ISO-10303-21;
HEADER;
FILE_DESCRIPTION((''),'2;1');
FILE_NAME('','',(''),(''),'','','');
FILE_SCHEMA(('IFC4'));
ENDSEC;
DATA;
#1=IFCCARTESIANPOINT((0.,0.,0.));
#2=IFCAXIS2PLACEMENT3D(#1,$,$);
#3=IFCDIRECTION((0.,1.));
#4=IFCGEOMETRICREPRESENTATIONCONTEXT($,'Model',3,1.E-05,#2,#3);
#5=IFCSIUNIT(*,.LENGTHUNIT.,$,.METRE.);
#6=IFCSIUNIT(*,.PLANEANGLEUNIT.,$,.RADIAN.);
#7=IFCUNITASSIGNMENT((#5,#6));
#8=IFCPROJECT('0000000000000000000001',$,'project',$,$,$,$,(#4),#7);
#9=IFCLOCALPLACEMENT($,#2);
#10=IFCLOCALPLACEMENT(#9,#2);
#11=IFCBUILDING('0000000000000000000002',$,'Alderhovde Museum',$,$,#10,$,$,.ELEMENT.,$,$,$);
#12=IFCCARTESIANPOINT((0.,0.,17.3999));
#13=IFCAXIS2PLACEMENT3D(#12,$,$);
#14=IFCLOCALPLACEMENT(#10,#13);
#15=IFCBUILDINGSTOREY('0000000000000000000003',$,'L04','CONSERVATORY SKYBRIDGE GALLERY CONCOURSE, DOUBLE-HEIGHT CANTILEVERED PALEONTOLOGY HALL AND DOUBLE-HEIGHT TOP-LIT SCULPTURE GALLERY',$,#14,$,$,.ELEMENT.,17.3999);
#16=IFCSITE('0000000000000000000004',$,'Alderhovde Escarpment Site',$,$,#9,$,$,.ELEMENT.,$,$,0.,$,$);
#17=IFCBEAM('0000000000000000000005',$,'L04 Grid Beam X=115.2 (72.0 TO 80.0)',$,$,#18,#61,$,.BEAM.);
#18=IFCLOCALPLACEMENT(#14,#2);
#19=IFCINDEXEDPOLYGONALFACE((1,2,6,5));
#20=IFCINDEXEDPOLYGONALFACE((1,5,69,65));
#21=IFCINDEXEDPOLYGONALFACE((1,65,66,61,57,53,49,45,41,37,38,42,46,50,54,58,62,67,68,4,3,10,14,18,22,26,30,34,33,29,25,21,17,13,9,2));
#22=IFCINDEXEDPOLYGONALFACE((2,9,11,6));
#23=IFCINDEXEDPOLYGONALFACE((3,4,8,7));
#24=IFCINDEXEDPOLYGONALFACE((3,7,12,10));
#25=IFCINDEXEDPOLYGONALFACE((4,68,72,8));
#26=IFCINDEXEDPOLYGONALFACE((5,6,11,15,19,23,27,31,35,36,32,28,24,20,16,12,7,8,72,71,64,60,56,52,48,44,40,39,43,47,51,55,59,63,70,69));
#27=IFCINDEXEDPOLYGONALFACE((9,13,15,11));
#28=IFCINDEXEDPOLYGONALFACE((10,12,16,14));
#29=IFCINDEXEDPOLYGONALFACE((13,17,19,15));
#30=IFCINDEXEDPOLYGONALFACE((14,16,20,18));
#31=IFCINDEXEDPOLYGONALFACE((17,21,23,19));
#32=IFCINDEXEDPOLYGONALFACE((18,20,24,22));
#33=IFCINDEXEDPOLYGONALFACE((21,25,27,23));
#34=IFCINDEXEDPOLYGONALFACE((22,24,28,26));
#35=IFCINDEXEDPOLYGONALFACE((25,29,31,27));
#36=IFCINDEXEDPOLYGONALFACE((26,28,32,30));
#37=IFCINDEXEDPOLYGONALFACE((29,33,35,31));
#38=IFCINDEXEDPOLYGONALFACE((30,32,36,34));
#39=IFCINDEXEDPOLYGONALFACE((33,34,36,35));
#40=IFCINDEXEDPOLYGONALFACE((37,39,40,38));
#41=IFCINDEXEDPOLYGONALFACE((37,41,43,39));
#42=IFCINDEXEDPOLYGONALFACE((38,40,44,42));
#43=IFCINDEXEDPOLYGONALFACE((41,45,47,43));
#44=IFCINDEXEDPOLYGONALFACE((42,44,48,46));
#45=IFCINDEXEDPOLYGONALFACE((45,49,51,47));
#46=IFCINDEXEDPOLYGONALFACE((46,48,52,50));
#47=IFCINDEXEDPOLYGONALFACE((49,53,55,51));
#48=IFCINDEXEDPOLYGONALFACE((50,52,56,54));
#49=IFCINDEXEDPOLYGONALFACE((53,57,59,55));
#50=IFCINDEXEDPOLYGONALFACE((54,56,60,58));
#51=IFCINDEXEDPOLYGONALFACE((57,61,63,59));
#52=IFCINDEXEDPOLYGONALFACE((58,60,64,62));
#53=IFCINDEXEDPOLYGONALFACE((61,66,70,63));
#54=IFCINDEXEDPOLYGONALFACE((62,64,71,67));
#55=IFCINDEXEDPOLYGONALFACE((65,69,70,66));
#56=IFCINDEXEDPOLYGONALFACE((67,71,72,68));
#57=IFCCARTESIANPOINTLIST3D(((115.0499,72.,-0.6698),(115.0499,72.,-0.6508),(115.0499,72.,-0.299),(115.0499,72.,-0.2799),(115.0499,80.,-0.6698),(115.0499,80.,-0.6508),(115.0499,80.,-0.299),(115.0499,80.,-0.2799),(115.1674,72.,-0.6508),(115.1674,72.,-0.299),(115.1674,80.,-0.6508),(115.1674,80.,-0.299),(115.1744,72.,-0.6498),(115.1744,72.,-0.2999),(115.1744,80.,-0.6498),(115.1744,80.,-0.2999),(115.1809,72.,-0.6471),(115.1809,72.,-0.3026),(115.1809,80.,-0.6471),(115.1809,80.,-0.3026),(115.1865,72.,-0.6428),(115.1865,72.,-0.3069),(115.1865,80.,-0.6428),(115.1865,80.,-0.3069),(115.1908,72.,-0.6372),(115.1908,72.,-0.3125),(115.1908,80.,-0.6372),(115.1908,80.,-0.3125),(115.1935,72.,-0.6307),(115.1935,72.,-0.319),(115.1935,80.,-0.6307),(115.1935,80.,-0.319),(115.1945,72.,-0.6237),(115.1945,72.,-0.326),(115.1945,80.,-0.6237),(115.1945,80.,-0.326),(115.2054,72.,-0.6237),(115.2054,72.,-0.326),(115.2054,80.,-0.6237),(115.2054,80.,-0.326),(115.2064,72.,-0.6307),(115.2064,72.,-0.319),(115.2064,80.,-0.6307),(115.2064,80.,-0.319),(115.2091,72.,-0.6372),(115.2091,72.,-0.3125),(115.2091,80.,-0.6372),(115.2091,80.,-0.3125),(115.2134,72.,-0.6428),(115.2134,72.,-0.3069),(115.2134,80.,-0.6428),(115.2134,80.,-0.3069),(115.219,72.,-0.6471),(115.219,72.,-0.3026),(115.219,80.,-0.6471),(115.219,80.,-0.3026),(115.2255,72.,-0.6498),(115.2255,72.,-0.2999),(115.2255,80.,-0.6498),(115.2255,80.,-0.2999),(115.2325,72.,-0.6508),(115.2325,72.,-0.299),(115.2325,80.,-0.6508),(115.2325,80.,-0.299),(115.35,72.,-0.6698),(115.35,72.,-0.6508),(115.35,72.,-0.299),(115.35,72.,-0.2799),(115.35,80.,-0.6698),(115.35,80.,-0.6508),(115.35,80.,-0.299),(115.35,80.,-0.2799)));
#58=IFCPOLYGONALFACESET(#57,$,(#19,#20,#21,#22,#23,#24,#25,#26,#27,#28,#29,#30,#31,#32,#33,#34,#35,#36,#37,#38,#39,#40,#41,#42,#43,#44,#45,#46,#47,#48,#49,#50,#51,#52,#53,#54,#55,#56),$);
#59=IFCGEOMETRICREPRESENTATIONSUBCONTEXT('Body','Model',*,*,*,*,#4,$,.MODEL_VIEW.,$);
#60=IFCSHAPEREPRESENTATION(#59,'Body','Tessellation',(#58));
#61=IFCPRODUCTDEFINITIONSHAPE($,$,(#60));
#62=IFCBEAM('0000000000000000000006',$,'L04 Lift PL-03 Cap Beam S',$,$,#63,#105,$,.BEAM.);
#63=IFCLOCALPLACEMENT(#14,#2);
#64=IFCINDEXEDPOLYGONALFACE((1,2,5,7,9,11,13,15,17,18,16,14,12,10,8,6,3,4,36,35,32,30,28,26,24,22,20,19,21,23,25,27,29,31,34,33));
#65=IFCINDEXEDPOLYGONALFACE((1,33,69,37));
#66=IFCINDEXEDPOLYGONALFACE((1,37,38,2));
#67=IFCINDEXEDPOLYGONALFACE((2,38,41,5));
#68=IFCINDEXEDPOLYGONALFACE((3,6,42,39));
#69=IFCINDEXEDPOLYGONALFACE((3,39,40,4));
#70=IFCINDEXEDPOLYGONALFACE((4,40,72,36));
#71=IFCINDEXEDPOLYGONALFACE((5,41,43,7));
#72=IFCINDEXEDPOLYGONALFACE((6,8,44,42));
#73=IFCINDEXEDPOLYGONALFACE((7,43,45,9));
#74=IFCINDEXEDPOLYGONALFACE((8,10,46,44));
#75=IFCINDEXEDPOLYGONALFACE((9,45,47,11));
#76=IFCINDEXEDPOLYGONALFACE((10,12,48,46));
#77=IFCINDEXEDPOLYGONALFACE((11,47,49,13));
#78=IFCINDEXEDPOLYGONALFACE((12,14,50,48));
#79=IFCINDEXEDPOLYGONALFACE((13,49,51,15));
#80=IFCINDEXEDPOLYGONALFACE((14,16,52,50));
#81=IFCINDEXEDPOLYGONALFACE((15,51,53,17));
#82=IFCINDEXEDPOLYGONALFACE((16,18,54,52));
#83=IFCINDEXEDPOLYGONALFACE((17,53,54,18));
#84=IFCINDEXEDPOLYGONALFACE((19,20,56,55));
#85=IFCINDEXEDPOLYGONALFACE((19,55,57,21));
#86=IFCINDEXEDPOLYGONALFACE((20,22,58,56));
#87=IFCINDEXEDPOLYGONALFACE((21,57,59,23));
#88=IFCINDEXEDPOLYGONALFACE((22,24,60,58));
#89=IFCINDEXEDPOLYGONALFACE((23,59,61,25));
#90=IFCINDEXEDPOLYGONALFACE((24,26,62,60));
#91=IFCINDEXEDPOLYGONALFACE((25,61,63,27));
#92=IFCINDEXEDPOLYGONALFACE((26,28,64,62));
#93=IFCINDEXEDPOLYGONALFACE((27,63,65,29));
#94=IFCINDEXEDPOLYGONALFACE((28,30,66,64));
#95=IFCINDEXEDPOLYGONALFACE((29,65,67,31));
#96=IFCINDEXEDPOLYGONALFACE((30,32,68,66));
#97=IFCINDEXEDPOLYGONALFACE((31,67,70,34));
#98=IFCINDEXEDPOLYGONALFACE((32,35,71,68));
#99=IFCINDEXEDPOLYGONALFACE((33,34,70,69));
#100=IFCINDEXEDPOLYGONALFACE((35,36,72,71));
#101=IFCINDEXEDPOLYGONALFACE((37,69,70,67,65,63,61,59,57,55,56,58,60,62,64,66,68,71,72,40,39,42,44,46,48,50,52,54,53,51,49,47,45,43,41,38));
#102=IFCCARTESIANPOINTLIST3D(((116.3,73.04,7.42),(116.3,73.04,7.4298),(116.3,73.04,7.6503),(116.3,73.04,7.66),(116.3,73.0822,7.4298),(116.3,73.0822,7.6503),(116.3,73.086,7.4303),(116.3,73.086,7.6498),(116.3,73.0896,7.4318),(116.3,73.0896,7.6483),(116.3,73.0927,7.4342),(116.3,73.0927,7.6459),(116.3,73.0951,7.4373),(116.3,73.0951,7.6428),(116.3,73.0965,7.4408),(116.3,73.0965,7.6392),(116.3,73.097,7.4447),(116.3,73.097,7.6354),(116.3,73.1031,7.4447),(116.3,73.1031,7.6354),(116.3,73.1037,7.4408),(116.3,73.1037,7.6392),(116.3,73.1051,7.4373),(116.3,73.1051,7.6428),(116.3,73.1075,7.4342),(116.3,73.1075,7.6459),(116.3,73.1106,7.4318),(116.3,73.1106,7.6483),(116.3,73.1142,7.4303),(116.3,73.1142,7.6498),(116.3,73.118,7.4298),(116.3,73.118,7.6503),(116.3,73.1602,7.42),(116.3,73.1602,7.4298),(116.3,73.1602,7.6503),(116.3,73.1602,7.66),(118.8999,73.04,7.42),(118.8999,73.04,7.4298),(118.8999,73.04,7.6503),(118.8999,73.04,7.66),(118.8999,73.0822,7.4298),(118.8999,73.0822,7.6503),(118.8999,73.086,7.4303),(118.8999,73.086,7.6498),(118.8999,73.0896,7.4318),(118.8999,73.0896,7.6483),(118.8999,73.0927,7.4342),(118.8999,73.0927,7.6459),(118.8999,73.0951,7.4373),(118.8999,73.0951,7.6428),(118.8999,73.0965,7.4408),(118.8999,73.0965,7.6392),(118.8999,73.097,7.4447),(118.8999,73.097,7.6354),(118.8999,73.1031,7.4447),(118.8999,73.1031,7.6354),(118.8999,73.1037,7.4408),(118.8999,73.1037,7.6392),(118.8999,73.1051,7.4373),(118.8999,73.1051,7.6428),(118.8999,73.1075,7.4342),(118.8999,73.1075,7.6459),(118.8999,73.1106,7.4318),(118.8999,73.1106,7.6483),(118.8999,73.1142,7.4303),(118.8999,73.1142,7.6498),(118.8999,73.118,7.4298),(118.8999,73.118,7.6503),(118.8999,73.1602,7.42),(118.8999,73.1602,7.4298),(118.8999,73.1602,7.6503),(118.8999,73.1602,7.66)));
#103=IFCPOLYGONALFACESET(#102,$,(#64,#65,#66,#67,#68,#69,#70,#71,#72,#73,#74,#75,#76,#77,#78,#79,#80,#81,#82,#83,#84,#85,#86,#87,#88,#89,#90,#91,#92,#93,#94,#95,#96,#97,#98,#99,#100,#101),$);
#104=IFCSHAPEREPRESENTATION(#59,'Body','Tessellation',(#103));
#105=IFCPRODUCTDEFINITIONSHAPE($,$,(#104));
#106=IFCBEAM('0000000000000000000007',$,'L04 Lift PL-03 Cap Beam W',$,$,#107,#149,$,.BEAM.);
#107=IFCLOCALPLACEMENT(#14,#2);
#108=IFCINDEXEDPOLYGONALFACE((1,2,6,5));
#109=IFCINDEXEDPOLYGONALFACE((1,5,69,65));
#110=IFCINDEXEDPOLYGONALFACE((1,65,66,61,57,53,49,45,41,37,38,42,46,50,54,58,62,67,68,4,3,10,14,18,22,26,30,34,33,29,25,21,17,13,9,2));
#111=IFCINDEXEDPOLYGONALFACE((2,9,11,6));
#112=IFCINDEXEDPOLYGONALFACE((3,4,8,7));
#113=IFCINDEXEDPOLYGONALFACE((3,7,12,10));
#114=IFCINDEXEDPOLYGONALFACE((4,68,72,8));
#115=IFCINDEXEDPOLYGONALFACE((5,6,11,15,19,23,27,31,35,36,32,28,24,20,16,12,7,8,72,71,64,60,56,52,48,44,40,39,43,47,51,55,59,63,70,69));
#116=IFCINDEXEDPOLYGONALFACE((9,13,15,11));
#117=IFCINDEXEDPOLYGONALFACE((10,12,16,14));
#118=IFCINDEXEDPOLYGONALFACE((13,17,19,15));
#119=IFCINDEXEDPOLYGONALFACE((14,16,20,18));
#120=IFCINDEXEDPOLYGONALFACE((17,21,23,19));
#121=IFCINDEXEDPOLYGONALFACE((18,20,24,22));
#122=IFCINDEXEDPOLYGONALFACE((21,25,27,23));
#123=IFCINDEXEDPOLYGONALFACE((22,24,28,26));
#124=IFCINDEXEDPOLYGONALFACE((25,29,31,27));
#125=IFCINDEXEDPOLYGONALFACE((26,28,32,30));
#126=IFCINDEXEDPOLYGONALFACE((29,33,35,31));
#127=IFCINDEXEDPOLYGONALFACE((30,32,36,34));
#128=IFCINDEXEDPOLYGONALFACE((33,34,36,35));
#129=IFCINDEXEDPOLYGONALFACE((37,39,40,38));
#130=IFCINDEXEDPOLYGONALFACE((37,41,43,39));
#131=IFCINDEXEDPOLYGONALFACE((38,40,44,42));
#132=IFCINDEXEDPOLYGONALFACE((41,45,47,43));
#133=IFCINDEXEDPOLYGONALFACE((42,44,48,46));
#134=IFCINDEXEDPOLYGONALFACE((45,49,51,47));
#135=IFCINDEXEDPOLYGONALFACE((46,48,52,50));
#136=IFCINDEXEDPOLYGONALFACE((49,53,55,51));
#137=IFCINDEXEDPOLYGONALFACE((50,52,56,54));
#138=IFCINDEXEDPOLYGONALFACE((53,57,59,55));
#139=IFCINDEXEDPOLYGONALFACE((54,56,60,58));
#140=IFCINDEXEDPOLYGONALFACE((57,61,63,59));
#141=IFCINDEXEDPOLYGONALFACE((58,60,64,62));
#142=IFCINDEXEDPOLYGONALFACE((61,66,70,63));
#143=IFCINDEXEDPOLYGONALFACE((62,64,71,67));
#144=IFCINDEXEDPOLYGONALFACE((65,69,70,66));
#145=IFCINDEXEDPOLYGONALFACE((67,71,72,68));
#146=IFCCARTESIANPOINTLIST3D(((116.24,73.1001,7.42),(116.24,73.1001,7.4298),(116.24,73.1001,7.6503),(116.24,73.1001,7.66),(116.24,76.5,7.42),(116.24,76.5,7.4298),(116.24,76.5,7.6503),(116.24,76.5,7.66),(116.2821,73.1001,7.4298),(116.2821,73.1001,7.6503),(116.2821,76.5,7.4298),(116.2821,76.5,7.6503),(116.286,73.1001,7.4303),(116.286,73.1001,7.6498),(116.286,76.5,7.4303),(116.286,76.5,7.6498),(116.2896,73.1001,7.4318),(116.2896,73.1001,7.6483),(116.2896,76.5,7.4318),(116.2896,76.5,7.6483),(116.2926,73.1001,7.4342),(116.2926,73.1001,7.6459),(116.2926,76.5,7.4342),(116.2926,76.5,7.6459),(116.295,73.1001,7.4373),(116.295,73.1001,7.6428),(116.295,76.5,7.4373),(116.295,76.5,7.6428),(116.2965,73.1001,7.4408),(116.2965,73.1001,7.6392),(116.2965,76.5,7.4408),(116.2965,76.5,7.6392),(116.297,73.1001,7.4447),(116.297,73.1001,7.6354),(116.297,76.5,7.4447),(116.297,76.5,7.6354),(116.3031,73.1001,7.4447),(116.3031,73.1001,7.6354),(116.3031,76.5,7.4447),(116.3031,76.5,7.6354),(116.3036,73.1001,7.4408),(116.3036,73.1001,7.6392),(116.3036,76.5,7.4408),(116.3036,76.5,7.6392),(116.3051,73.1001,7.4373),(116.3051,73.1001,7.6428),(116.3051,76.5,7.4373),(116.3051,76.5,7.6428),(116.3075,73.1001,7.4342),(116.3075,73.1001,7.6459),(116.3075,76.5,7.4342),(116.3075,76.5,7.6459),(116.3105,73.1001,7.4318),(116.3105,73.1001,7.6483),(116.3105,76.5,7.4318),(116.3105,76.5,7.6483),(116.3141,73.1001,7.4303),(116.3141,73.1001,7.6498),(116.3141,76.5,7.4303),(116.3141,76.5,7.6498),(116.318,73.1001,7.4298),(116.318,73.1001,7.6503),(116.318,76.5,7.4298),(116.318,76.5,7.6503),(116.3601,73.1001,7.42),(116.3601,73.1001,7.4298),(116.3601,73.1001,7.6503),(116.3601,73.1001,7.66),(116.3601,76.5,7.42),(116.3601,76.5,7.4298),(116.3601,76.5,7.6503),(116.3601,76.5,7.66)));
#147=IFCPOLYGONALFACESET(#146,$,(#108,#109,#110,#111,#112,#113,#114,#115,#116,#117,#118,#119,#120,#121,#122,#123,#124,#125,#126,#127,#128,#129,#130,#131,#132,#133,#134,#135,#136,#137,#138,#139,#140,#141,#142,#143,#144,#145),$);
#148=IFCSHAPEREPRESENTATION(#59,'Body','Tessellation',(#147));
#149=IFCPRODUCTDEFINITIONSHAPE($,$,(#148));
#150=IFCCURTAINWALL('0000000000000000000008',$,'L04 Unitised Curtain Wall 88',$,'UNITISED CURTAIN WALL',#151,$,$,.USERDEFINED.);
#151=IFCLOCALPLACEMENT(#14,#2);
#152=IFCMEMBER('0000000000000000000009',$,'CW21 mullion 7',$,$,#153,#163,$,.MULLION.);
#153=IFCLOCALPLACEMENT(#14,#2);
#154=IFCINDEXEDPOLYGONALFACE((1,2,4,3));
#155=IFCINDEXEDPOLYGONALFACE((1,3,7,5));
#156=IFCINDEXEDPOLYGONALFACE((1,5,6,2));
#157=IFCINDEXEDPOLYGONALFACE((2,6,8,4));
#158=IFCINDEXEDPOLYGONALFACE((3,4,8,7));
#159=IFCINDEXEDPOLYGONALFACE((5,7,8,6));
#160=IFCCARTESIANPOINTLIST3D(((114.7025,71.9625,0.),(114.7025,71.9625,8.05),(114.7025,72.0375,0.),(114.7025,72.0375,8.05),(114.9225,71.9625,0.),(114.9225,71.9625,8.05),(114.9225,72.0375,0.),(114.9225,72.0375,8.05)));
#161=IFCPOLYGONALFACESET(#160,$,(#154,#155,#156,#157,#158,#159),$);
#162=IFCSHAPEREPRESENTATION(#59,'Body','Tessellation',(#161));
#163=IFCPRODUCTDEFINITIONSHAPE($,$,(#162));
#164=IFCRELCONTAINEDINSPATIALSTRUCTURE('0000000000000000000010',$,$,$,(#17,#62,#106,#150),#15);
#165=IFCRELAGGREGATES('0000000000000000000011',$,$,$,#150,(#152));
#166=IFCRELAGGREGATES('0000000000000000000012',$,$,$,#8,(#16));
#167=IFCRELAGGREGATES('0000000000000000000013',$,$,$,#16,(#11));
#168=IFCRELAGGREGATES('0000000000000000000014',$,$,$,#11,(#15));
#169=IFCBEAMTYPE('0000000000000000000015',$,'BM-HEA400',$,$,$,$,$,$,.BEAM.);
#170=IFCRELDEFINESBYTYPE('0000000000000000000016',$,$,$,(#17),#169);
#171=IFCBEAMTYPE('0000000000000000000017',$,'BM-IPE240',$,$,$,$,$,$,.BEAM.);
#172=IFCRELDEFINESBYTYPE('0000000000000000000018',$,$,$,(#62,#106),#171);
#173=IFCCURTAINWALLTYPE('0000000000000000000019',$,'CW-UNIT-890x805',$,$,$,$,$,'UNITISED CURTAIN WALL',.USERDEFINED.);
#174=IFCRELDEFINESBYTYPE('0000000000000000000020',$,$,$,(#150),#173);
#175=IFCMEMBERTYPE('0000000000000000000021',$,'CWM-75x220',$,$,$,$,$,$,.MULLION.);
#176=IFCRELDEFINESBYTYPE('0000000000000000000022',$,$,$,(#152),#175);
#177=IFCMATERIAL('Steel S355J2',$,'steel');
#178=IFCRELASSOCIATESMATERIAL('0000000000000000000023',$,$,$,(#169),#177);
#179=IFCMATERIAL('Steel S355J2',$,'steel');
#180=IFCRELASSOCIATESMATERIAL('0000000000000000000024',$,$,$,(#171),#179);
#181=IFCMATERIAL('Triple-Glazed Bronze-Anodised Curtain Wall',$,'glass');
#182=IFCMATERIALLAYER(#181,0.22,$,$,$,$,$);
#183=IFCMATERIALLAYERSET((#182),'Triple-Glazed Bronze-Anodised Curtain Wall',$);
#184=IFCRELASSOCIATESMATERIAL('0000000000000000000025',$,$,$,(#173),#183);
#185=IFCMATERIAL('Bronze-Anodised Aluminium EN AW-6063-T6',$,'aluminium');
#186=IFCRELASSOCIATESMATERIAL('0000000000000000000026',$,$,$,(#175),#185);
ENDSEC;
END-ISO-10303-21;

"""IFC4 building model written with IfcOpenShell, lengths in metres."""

from ifc_helpers import new_model, si_unit, direction, frame, origin, origin_2d, place, context, subcontext, project, spatial, rectangle, i_section, extrude, material, layer, layer_set, material_profile, profile_set, type_object, element, aggregate, save


model = new_model("IFC4")

# Units and contexts
model_context = context("Model", 3, precision=1e-05, world=origin(), true_north=direction((0.0, 1.0)))
body_context = subcontext(model_context, "Body", "Model", "MODEL_VIEW")
ifc_project = project(units=[si_unit("LENGTHUNIT", "METRE"), si_unit("PLANEANGLEUNIT", "RADIAN")], contexts=[model_context])

# Site, building, storey
site_placement = place(None, origin())
site = spatial("IfcSite", under=ifc_project, at=site_placement, Name="Alderhovde Escarpment Site", CompositionType="ELEMENT", RefElevation=0.0)
building_placement = place(site_placement, origin())
building = spatial("IfcBuilding", under=site, at=building_placement, Name="Alderhovde Museum", CompositionType="ELEMENT")
storey_placement = place(building_placement, frame((0.0, 0.0, 17.3999)))
storey = spatial("IfcBuildingStorey", under=building, at=storey_placement, Name="L04", Description="CONSERVATORY SKYBRIDGE GALLERY CONCOURSE, DOUBLE-HEIGHT CANTILEVERED PALEONTOLOGY HALL AND DOUBLE-HEIGHT TOP-LIT SCULPTURE GALLERY", CompositionType="ELEMENT", Elevation=17.3999)

# Beams
ifc_material_1 = material(Name="Steel S355J2", Category="steel")
ifc_material_profile_1 = material_profile(ifc_material_1, i_section(OverallWidth=0.3, OverallDepth=0.3899, WebThickness=0.011, FlangeThickness=0.019, FilletRadius=0.0271, at=origin_2d()), Name="HEA 400")
ifc_profile_set_1 = profile_set([ifc_material_profile_1], Name="Steel S355J2")
beam_type_1 = type_object("IfcBeamType", Name="BM-HEA400", PredefinedType="BEAM", material=ifc_profile_set_1)
beam_1_placement = place(storey_placement, frame((115.2, 72.0, -0.4749), z_axis=(0.0, 1.0, 0.0), x_axis=(-1.0, 0.0, 0.0)))
element("IfcBeam", 1, at=beam_1_placement, inside=storey, type_object=beam_type_1, Name="L04 Grid Beam X=115.2 (72.0 TO 80.0)", PredefinedType="BEAM", context=body_context, shape_type="SweptSolid", body=[
    extrude(i_section(OverallWidth=0.3, OverallDepth=0.3899, WebThickness=0.011, FlangeThickness=0.019, FilletRadius=0.0271, at=origin_2d()), origin(), (0.0, 0.0, 1.0), 8.0),
])
ifc_material_2 = material(Name="Steel S355J2", Category="steel")
ifc_material_profile_2 = material_profile(ifc_material_2, i_section(OverallWidth=0.1201, OverallDepth=0.24, WebThickness=0.0061, FlangeThickness=0.0098, FilletRadius=0.0149, at=origin_2d()), Name="IPE 240")
ifc_profile_set_2 = profile_set([ifc_material_profile_2], Name="Steel S355J2")
beam_type_2 = type_object("IfcBeamType", Name="BM-IPE240", PredefinedType="BEAM", material=ifc_profile_set_2)
beam_2_placement = place(storey_placement, frame((116.3, 73.1001, 7.54), z_axis=(1.0, 0.0, 0.0), x_axis=(0.0, 1.0, 0.0)))
element("IfcBeam", 2, at=beam_2_placement, inside=storey, type_object=beam_type_2, Name="L04 Lift PL-03 Cap Beam S", PredefinedType="BEAM", context=body_context, shape_type="SweptSolid", body=[
    extrude(i_section(OverallWidth=0.1201, OverallDepth=0.24, WebThickness=0.0061, FlangeThickness=0.0098, FilletRadius=0.0149, at=origin_2d()), origin(), (0.0, 0.0, 1.0), 2.5999),
])
beam_3_placement = place(storey_placement, frame((116.3, 73.1001, 7.54), z_axis=(0.0, 1.0, 0.0), x_axis=(-1.0, 0.0, 0.0)))
element("IfcBeam", 3, at=beam_3_placement, inside=storey, type_object=beam_type_2, Name="L04 Lift PL-03 Cap Beam W", PredefinedType="BEAM", context=body_context, shape_type="SweptSolid", body=[
    extrude(i_section(OverallWidth=0.1201, OverallDepth=0.24, WebThickness=0.0061, FlangeThickness=0.0098, FilletRadius=0.0149, at=origin_2d()), origin(), (0.0, 0.0, 1.0), 3.3999),
])

# Curtain wall, member
ifc_material_3 = material(Name="Triple-Glazed Bronze-Anodised Curtain Wall", Category="glass")
ifc_layer_1 = layer(ifc_material_3, 0.22)
ifc_layer_set_1 = layer_set([ifc_layer_1], Name="Triple-Glazed Bronze-Anodised Curtain Wall")
curtain_wall_type = type_object("IfcCurtainWallType", Name="CW-UNIT-890x805", ElementType="UNITISED CURTAIN WALL", PredefinedType="USERDEFINED", material=ifc_layer_set_1)
curtain_wall_placement = place(storey_placement, origin())
curtain_wall = element("IfcCurtainWall", 4, at=curtain_wall_placement, inside=storey, type_object=curtain_wall_type, Name="L04 Unitised Curtain Wall 88", ObjectType="UNITISED CURTAIN WALL", PredefinedType="USERDEFINED")
ifc_material_4 = material(Name="Bronze-Anodised Aluminium EN AW-6063-T6", Category="aluminium")
ifc_material_profile_3 = material_profile(ifc_material_4, rectangle(XDim=0.075, YDim=0.22, at=origin_2d()), Name="MULLION 75x220")
ifc_profile_set_3 = profile_set([ifc_material_profile_3], Name="Bronze-Anodised Aluminium EN AW-6063-T6")
member_type_1 = type_object("IfcMemberType", Name="CWM-75x220", PredefinedType="MULLION", material=ifc_profile_set_3)
member_1_placement = place(storey_placement, frame((114.8125, 72.0, 0.0), z_axis=(0.0, 0.0, 1.0), x_axis=(0.0, 1.0, 0.0)))
member_1 = element("IfcMember", 5, at=member_1_placement, type_object=member_type_1, Name="CW21 mullion 7", PredefinedType="MULLION", context=body_context, shape_type="SweptSolid", body=[
    extrude(rectangle(XDim=0.075, YDim=0.22, at=origin_2d()), origin(), (0.0, 0.0, 1.0), 8.05),
])

aggregate(curtain_wall, [member_1])

save(model, "model.ifc")
